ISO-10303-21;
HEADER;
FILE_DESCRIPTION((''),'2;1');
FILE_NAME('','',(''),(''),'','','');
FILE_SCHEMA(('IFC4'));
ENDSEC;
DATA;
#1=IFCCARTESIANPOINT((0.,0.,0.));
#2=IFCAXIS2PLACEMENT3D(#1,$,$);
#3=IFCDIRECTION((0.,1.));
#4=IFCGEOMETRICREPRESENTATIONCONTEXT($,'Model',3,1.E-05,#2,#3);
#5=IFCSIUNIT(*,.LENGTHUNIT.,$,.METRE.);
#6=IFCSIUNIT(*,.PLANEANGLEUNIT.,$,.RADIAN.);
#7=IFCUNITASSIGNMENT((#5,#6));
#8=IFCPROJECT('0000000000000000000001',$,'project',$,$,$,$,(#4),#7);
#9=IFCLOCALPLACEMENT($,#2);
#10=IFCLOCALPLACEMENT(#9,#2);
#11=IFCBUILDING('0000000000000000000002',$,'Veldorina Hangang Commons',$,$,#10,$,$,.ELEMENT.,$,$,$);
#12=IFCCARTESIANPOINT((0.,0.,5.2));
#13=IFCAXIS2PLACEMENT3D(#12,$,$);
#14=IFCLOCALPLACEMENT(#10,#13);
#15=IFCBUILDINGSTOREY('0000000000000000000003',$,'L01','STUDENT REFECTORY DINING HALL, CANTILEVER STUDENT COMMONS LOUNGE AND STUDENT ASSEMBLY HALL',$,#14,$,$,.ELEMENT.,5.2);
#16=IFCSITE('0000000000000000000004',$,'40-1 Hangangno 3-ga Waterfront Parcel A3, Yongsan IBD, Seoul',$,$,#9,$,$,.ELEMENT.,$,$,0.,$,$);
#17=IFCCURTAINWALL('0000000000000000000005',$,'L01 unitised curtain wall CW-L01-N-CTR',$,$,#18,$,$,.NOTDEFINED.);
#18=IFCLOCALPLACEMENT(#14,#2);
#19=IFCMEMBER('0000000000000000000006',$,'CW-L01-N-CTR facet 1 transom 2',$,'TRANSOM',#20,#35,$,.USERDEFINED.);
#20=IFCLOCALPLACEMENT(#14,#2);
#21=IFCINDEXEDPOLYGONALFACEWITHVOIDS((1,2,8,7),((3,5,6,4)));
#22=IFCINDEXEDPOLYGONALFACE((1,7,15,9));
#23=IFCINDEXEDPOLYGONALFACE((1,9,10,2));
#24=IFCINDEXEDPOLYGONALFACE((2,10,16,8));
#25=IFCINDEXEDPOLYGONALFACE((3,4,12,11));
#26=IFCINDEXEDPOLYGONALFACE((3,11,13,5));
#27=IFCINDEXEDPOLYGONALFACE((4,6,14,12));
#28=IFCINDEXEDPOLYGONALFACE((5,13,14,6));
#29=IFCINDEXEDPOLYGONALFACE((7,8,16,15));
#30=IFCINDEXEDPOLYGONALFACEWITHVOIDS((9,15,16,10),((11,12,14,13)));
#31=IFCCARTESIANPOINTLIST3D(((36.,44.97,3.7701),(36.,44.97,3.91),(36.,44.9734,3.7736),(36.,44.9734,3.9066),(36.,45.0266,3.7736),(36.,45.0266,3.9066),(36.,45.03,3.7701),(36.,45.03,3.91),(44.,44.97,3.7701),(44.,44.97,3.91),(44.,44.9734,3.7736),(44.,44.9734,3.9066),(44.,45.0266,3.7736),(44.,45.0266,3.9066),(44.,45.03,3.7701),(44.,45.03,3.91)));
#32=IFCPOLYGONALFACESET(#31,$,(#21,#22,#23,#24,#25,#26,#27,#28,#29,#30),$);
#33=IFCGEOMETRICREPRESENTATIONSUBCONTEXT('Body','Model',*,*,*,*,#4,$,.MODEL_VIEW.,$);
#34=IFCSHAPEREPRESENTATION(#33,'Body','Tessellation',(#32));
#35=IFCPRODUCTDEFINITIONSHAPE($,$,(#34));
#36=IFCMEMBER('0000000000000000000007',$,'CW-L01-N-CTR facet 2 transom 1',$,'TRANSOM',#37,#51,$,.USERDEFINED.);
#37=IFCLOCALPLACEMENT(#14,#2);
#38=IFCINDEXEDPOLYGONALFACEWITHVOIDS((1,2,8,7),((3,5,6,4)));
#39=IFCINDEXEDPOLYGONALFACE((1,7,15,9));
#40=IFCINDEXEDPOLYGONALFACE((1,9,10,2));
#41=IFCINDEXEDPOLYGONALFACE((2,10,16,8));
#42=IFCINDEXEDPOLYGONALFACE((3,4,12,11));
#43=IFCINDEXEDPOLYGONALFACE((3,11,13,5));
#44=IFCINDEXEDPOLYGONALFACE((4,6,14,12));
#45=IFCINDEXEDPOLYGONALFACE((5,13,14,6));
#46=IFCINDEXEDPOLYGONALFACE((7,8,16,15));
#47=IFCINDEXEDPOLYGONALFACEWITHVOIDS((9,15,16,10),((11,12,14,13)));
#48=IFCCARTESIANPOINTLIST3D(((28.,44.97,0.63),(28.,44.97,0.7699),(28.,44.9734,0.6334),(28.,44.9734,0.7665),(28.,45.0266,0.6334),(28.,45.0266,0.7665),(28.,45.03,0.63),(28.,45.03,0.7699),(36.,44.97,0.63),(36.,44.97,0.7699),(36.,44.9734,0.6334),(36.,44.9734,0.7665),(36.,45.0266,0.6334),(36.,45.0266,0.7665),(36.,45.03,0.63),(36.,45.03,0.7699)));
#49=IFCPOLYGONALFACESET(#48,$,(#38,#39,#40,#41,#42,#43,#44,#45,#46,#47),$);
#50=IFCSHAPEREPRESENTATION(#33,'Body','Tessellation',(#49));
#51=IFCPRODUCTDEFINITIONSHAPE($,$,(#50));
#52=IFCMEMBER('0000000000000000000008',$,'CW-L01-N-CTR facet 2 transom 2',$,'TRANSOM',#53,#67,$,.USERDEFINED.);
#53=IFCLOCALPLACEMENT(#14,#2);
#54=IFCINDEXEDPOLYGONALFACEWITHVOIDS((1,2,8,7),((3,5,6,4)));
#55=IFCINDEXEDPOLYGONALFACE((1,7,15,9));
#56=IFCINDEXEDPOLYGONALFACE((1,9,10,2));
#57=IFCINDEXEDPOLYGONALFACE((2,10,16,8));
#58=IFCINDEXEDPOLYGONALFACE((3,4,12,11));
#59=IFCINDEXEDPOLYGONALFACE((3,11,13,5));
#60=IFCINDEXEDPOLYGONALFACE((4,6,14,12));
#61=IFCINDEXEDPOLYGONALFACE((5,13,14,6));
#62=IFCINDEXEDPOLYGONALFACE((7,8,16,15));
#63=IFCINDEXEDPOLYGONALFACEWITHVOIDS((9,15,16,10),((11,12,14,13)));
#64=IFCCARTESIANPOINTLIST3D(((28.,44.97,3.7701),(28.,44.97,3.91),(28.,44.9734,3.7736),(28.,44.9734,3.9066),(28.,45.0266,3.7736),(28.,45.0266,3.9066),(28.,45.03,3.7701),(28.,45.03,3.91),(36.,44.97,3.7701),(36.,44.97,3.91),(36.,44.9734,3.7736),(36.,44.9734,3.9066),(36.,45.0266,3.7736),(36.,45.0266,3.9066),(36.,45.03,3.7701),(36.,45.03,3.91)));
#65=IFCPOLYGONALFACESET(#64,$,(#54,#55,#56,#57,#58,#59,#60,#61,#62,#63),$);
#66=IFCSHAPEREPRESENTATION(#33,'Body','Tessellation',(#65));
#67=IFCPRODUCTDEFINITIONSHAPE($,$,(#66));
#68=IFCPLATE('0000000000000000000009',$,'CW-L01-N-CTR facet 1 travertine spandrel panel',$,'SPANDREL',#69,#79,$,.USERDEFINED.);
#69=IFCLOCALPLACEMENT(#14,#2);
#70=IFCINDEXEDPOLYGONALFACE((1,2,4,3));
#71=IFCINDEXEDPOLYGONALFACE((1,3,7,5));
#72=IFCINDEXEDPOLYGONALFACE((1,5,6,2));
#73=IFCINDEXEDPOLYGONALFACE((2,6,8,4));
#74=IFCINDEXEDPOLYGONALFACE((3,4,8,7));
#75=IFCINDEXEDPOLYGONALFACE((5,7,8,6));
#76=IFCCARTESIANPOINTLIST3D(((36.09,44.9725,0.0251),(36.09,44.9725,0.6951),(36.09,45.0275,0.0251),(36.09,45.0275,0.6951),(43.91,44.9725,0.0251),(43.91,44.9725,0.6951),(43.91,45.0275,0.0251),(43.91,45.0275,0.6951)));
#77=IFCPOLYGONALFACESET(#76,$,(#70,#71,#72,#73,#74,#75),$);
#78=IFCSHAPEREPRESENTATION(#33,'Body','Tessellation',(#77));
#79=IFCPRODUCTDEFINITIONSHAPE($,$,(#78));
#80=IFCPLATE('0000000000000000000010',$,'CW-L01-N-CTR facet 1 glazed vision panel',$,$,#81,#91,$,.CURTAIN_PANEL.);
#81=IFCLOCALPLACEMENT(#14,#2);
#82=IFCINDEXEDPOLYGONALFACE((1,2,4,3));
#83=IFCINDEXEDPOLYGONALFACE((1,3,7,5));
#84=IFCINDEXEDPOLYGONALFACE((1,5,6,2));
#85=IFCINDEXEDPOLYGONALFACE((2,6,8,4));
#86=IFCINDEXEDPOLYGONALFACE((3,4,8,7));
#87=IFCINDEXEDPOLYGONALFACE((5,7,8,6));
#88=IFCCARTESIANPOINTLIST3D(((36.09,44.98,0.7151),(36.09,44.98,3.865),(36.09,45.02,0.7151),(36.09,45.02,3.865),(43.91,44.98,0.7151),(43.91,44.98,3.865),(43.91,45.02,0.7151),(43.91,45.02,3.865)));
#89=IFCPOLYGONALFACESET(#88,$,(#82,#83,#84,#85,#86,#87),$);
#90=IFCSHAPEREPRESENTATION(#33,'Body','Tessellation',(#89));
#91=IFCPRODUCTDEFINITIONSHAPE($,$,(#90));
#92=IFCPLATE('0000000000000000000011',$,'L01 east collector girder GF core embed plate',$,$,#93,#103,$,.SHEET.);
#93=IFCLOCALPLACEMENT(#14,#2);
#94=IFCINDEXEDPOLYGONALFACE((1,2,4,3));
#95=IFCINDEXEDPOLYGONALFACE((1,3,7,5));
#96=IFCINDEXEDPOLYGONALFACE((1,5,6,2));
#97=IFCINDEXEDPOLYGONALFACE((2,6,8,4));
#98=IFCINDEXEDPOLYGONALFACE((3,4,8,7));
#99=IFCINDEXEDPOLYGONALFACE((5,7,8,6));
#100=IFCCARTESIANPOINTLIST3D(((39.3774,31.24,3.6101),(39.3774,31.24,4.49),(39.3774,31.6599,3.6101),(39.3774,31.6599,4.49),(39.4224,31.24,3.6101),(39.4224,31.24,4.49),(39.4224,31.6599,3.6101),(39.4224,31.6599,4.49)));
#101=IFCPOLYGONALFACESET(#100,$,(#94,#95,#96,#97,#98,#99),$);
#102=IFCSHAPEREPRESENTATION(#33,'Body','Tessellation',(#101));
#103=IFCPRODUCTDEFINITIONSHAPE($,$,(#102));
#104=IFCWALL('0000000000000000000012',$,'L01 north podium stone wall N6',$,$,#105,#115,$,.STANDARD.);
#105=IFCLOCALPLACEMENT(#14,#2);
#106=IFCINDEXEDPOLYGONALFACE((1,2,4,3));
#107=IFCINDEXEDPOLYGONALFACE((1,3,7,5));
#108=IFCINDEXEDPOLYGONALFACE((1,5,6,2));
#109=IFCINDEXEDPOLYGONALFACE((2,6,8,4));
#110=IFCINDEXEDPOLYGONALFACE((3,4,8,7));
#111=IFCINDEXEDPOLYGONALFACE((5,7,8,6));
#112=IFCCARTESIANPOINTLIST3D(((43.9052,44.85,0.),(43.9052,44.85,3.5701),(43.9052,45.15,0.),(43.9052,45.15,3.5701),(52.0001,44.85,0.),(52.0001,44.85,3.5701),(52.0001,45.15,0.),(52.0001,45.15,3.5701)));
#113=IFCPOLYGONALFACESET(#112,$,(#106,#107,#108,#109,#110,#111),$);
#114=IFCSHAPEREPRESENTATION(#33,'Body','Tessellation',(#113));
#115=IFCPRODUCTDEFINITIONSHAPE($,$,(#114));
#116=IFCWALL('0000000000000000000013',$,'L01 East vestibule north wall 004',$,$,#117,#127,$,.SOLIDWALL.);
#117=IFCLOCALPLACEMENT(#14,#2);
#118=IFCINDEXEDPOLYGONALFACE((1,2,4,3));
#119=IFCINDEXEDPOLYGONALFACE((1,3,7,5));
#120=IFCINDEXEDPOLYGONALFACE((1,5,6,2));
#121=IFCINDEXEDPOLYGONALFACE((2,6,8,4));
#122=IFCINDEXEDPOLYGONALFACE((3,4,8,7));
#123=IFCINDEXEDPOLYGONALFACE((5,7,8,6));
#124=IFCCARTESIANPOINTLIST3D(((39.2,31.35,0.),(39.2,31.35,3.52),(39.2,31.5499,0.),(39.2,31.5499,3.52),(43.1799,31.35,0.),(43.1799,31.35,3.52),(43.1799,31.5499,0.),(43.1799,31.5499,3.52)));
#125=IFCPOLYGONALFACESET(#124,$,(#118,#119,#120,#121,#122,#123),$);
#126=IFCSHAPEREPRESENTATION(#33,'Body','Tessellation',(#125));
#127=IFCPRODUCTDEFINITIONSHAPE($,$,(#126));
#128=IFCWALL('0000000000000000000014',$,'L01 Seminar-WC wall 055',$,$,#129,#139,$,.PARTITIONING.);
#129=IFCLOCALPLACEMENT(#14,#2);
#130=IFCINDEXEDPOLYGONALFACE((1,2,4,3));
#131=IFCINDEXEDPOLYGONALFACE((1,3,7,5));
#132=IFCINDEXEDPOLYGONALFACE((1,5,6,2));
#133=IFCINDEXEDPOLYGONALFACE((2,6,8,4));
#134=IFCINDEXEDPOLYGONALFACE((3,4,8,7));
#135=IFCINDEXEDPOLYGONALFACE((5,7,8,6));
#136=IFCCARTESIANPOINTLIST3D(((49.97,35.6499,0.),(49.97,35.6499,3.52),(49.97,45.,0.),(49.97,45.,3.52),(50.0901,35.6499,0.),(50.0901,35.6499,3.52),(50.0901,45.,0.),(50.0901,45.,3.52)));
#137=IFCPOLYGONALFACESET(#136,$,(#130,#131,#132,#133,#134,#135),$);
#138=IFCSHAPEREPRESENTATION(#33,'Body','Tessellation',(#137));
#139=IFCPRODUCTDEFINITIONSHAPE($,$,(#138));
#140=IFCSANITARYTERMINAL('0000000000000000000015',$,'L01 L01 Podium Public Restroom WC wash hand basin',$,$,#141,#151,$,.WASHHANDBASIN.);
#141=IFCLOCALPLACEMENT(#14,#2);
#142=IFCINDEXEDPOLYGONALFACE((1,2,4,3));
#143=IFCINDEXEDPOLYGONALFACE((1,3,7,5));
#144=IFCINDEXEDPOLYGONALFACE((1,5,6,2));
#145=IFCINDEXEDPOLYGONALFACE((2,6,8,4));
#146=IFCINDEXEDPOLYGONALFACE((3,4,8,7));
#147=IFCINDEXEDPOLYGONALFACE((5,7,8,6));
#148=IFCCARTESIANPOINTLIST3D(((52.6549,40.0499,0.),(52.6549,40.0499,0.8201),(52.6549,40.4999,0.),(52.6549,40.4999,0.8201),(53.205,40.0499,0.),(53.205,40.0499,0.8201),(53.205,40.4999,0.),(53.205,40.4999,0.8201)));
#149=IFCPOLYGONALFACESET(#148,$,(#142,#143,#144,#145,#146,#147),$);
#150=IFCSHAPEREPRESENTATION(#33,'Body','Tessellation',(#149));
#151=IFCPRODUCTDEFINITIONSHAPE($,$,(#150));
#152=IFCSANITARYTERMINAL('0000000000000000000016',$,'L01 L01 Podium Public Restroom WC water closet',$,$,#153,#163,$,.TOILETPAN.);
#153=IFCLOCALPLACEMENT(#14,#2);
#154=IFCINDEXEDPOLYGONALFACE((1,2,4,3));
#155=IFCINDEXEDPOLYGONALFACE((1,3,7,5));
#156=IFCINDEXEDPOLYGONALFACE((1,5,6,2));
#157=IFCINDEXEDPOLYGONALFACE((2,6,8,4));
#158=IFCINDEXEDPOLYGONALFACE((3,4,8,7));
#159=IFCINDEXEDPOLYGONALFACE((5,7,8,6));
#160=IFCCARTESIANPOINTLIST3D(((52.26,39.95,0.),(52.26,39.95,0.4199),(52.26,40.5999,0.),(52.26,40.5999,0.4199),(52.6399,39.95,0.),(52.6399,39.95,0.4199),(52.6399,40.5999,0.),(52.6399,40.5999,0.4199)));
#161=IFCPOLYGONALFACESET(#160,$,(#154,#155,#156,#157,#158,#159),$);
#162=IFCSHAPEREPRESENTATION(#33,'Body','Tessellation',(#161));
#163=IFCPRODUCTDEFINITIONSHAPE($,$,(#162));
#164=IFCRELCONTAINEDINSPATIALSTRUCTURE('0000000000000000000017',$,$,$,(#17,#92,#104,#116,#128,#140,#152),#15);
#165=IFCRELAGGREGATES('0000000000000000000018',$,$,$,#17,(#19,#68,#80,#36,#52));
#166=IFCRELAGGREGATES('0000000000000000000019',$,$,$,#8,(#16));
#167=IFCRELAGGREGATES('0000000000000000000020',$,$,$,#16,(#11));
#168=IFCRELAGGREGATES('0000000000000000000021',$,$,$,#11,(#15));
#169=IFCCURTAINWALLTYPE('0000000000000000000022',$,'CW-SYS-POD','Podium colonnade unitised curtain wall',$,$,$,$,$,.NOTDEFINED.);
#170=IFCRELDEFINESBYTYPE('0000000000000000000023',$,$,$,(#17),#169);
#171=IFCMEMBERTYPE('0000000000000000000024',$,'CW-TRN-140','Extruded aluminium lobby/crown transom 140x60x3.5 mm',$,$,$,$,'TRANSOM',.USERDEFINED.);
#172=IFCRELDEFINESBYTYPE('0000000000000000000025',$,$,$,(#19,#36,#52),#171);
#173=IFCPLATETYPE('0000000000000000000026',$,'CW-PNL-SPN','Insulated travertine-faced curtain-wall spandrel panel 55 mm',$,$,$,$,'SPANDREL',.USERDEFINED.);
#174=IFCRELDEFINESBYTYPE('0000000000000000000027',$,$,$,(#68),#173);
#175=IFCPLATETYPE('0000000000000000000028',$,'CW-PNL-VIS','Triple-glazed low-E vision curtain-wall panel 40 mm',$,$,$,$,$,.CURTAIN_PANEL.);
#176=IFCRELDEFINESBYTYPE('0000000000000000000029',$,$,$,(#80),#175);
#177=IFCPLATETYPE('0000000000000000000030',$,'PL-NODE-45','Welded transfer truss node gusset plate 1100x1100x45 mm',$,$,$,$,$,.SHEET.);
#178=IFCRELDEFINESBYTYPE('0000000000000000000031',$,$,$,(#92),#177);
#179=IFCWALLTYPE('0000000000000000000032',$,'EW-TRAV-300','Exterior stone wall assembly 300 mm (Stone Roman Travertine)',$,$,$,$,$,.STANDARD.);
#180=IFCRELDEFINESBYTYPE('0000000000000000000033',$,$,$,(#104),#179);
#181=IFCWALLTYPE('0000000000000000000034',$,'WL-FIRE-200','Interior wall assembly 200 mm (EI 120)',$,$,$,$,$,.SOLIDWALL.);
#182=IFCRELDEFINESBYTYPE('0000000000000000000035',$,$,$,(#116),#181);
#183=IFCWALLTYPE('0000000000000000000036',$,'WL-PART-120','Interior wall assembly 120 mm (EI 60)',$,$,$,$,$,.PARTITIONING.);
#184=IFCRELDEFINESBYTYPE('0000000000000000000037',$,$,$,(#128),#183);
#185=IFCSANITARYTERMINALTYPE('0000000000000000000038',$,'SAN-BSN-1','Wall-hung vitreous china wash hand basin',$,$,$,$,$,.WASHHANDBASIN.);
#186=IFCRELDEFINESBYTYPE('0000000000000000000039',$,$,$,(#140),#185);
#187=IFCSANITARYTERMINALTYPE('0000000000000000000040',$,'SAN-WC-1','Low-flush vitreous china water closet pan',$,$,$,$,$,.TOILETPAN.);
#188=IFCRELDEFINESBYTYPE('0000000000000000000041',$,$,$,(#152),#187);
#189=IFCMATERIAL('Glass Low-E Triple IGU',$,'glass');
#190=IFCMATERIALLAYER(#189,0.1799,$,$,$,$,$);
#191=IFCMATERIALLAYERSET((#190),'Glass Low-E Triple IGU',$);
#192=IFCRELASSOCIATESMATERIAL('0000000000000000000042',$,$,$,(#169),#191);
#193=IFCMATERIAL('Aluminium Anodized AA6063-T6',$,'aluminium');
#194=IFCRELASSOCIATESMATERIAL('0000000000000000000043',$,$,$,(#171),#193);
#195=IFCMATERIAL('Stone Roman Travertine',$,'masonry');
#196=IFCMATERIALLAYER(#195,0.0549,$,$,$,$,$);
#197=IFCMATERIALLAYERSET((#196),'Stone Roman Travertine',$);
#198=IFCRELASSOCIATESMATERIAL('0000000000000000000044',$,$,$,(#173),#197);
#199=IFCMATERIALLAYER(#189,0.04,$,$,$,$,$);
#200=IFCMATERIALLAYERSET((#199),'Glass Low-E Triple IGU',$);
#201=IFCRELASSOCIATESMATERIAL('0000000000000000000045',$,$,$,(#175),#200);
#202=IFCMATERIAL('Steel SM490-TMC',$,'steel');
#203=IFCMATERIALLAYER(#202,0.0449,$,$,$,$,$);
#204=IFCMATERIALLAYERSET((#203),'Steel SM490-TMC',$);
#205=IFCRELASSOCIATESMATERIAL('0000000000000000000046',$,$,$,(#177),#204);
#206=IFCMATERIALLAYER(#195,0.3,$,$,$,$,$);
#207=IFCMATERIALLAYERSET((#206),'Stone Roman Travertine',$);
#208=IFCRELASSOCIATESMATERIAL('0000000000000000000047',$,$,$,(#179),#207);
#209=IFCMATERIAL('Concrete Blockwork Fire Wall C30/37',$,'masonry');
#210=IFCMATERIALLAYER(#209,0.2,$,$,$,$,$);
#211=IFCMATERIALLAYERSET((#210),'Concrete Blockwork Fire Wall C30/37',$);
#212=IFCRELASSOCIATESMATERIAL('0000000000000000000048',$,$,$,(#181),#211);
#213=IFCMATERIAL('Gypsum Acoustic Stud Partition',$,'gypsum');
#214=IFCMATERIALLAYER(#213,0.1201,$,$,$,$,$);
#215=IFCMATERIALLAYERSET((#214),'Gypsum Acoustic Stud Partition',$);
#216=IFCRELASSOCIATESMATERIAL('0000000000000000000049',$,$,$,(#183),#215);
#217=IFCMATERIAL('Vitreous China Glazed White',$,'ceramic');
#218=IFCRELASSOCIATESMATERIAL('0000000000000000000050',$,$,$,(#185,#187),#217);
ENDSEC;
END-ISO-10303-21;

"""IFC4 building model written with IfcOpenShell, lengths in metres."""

from ifc_helpers import new_model, si_unit, direction, frame, frame_2d, origin, origin_2d, place, context, subcontext, project, spatial, rectangle, hollow_rectangle, extrude, material, layer, layer_set, material_profile, profile_set, type_object, element, aggregate, save


model = new_model("IFC4")

# Units and contexts
model_context = context("Model", 3, precision=1e-05, world=origin(), true_north=direction((0.0, 1.0)))
body_context = subcontext(model_context, "Body", "Model", "MODEL_VIEW")
ifc_project = project(units=[si_unit("LENGTHUNIT", "METRE"), si_unit("PLANEANGLEUNIT", "RADIAN")], contexts=[model_context])

# Site, building, storey
site_placement = place(None, origin())
site = spatial("IfcSite", under=ifc_project, at=site_placement, Name="40-1 Hangangno 3-ga Waterfront Parcel A3, Yongsan IBD, Seoul", CompositionType="ELEMENT", RefElevation=0.0)
building_placement = place(site_placement, origin())
building = spatial("IfcBuilding", under=site, at=building_placement, Name="Veldorina Hangang Commons", CompositionType="ELEMENT")
storey_placement = place(building_placement, frame((0.0, 0.0, 5.2)))
storey = spatial("IfcBuildingStorey", under=building, at=storey_placement, Name="L01", Description="STUDENT REFECTORY DINING HALL, CANTILEVER STUDENT COMMONS LOUNGE AND STUDENT ASSEMBLY HALL", CompositionType="ELEMENT", Elevation=5.2)

# Curtain wall, members, plates
ifc_material_1 = material(Name="Glass Low-E Triple IGU", Category="glass")
ifc_layer_1 = layer(ifc_material_1, 0.1799)
ifc_layer_set_1 = layer_set([ifc_layer_1], Name="Glass Low-E Triple IGU")
curtain_wall_type = type_object("IfcCurtainWallType", Name="CW-SYS-POD", Description="Podium colonnade unitised curtain wall", PredefinedType="NOTDEFINED", material=ifc_layer_set_1)
curtain_wall_placement = place(storey_placement, origin())
curtain_wall = element("IfcCurtainWall", 1, at=curtain_wall_placement, inside=storey, type_object=curtain_wall_type, Name="L01 unitised curtain wall CW-L01-N-CTR", PredefinedType="NOTDEFINED")
ifc_material_2 = material(Name="Aluminium Anodized AA6063-T6", Category="aluminium")
ifc_material_profile_1 = material_profile(ifc_material_2, hollow_rectangle(XDim=0.0601, YDim=0.1399, WallThickness=0.0034, at=origin_2d()), Name="ALU-RHS-140x60x3.5")
ifc_profile_set_1 = profile_set([ifc_material_profile_1], Name="Aluminium Anodized AA6063-T6")
member_type_1 = type_object("IfcMemberType", Name="CW-TRN-140", Description="Extruded aluminium lobby/crown transom 140x60x3.5 mm", ElementType="TRANSOM", PredefinedType="USERDEFINED", material=ifc_profile_set_1)
member_1_placement = place(storey_placement, frame((44.0, 45.0, 3.8401), z_axis=(-1.0, 0.0, 0.0), x_axis=(0.0, -1.0, 0.0)))
member_1 = element("IfcMember", 2, at=member_1_placement, type_object=member_type_1, Name="CW-L01-N-CTR facet 1 transom 2", ObjectType="TRANSOM", PredefinedType="USERDEFINED", context=body_context, shape_type="SweptSolid", body=[
    extrude(hollow_rectangle(XDim=0.0601, YDim=0.1399, WallThickness=0.0034, at=origin_2d()), origin(), (0.0, 0.0, 1.0), 8.0),
])
member_2_placement = place(storey_placement, frame((36.0, 45.0, 0.7), z_axis=(-1.0, 0.0, 0.0), x_axis=(0.0, -1.0, 0.0)))
member_2 = element("IfcMember", 3, at=member_2_placement, type_object=member_type_1, Name="CW-L01-N-CTR facet 2 transom 1", ObjectType="TRANSOM", PredefinedType="USERDEFINED", context=body_context, shape_type="SweptSolid", body=[
    extrude(hollow_rectangle(XDim=0.0601, YDim=0.1399, WallThickness=0.0034, at=origin_2d()), origin(), (0.0, 0.0, 1.0), 8.0),
])
member_3_placement = place(storey_placement, frame((36.0, 45.0, 3.8401), z_axis=(-1.0, 0.0, 0.0), x_axis=(0.0, -1.0, 0.0)))
member_3 = element("IfcMember", 4, at=member_3_placement, type_object=member_type_1, Name="CW-L01-N-CTR facet 2 transom 2", ObjectType="TRANSOM", PredefinedType="USERDEFINED", context=body_context, shape_type="SweptSolid", body=[
    extrude(hollow_rectangle(XDim=0.0601, YDim=0.1399, WallThickness=0.0034, at=origin_2d()), origin(), (0.0, 0.0, 1.0), 8.0),
])
ifc_material_3 = material(Name="Stone Roman Travertine", Category="masonry")
ifc_layer_2 = layer(ifc_material_3, 0.0549)
ifc_layer_set_2 = layer_set([ifc_layer_2], Name="Stone Roman Travertine")
plate_type_1 = type_object("IfcPlateType", Name="CW-PNL-SPN", Description="Insulated travertine-faced curtain-wall spandrel panel 55 mm", ElementType="SPANDREL", PredefinedType="USERDEFINED", material=ifc_layer_set_2)
plate_1_placement = place(storey_placement, frame((40.0, 45.0, 0.0251), z_axis=(0.0, 0.0, 1.0), x_axis=(-1.0, 0.0, 0.0)))
plate_1 = element("IfcPlate", 5, at=plate_1_placement, type_object=plate_type_1, Name="CW-L01-N-CTR facet 1 travertine spandrel panel", ObjectType="SPANDREL", PredefinedType="USERDEFINED", context=body_context, shape_type="SweptSolid", body=[
    extrude(rectangle(XDim=7.8201, YDim=0.0549, at=origin_2d()), origin(), (0.0, 0.0, 1.0), 0.6699),
])
ifc_layer_3 = layer(ifc_material_1, 0.04)
ifc_layer_set_3 = layer_set([ifc_layer_3], Name="Glass Low-E Triple IGU")
plate_type_2 = type_object("IfcPlateType", Name="CW-PNL-VIS", Description="Triple-glazed low-E vision curtain-wall panel 40 mm", PredefinedType="CURTAIN_PANEL", material=ifc_layer_set_3)
plate_2_placement = place(storey_placement, frame((40.0, 45.0, 0.7151), z_axis=(0.0, 0.0, 1.0), x_axis=(-1.0, 0.0, 0.0)))
plate_2 = element("IfcPlate", 6, at=plate_2_placement, type_object=plate_type_2, Name="CW-L01-N-CTR facet 1 glazed vision panel", PredefinedType="CURTAIN_PANEL", context=body_context, shape_type="SweptSolid", body=[
    extrude(rectangle(XDim=7.8201, YDim=0.04, at=origin_2d()), origin(), (0.0, 0.0, 1.0), 3.1499),
])
aggregate(curtain_wall, [member_1, plate_1, plate_2, member_2, member_3])

# Plate
ifc_material_4 = material(Name="Steel SM490-TMC", Category="steel")
ifc_layer_4 = layer(ifc_material_4, 0.0449)
ifc_layer_set_4 = layer_set([ifc_layer_4], Name="Steel SM490-TMC")
plate_type_3 = type_object("IfcPlateType", Name="PL-NODE-45", Description="Welded transfer truss node gusset plate 1100x1100x45 mm", PredefinedType="SHEET", material=ifc_layer_set_4)
plate_3_placement = place(storey_placement, frame((39.3999, 31.45, 3.6101), z_axis=(0.0, 0.0, 1.0), x_axis=(1.0, 0.0, 0.0)))
element("IfcPlate", 7, at=plate_3_placement, inside=storey, type_object=plate_type_3, Name="L01 east collector girder GF core embed plate", PredefinedType="SHEET", context=body_context, shape_type="SweptSolid", body=[
    extrude(rectangle(XDim=0.0449, YDim=0.4199, at=origin_2d()), origin(), (0.0, 0.0, 1.0), 0.8799),
])

# Walls
ifc_layer_5 = layer(ifc_material_3, 0.3)
ifc_layer_set_5 = layer_set([ifc_layer_5], Name="Stone Roman Travertine")
wall_type_1 = type_object("IfcWallType", Name="EW-TRAV-300", Description="Exterior stone wall assembly 300 mm (Stone Roman Travertine)", PredefinedType="STANDARD", material=ifc_layer_set_5)
wall_1_placement = place(storey_placement, frame((52.0, 45.0, 0.0), z_axis=(0.0, 0.0, 1.0), x_axis=(-1.0, 0.0, 0.0)))
element("IfcWall", 8, at=wall_1_placement, inside=storey, type_object=wall_type_1, Name="L01 north podium stone wall N6", PredefinedType="STANDARD", context=body_context, shape_type="SweptSolid", body=[
    extrude(rectangle(XDim=8.095, YDim=0.3, at=frame_2d((4.0474, 0.0))), origin(), (0.0, 0.0, 1.0), 3.5701),
])
ifc_material_5 = material(Name="Concrete Blockwork Fire Wall C30/37", Category="masonry")
ifc_layer_6 = layer(ifc_material_5, 0.2)
ifc_layer_set_6 = layer_set([ifc_layer_6], Name="Concrete Blockwork Fire Wall C30/37")
wall_type_2 = type_object("IfcWallType", Name="WL-FIRE-200", Description="Interior wall assembly 200 mm (EI 120)", PredefinedType="SOLIDWALL", material=ifc_layer_set_6)
wall_2_placement = place(storey_placement, frame((39.2, 31.45, 0.0), z_axis=(0.0, 0.0, 1.0), x_axis=(1.0, 0.0, 0.0)))
element("IfcWall", 9, at=wall_2_placement, inside=storey, type_object=wall_type_2, Name="L01 East vestibule north wall 004", PredefinedType="SOLIDWALL", context=body_context, shape_type="SweptSolid", body=[
    extrude(rectangle(XDim=3.98, YDim=0.2, at=frame_2d((1.99, 0.0))), origin(), (0.0, 0.0, 1.0), 3.52),
])
ifc_material_6 = material(Name="Gypsum Acoustic Stud Partition", Category="gypsum")
ifc_layer_7 = layer(ifc_material_6, 0.1201)
ifc_layer_set_7 = layer_set([ifc_layer_7], Name="Gypsum Acoustic Stud Partition")
wall_type_3 = type_object("IfcWallType", Name="WL-PART-120", Description="Interior wall assembly 120 mm (EI 60)", PredefinedType="PARTITIONING", material=ifc_layer_set_7)
wall_3_placement = place(storey_placement, frame((50.03, 35.6499, 0.0), z_axis=(0.0, 0.0, 1.0), x_axis=(0.0, 1.0, 0.0)))
element("IfcWall", 10, at=wall_3_placement, inside=storey, type_object=wall_type_3, Name="L01 Seminar-WC wall 055", PredefinedType="PARTITIONING", context=body_context, shape_type="SweptSolid", body=[
    extrude(rectangle(XDim=9.3501, YDim=0.1201, at=frame_2d((4.675, 0.0))), origin(), (0.0, 0.0, 1.0), 3.52),
])

# Sanitary terminals
ifc_material_7 = material(Name="Vitreous China Glazed White", Category="ceramic")
sanitary_terminal_type_1 = type_object("IfcSanitaryTerminalType", Name="SAN-BSN-1", Description="Wall-hung vitreous china wash hand basin", PredefinedType="WASHHANDBASIN", material=ifc_material_7)
sanitary_terminal_1_placement = place(storey_placement, frame((52.9299, 40.2749, 0.0), z_axis=(0.0, 0.0, 1.0), x_axis=(1.0, 0.0, 0.0)))
element("IfcSanitaryTerminal", 11, at=sanitary_terminal_1_placement, inside=storey, type_object=sanitary_terminal_type_1, Name="L01 L01 Podium Public Restroom WC wash hand basin", PredefinedType="WASHHANDBASIN", context=body_context, shape_type="SweptSolid", body=[
    extrude(rectangle(XDim=0.55, YDim=0.45, at=origin_2d()), origin(), (0.0, 0.0, 1.0), 0.8201),
])
sanitary_terminal_type_2 = type_object("IfcSanitaryTerminalType", Name="SAN-WC-1", Description="Low-flush vitreous china water closet pan", PredefinedType="TOILETPAN", material=ifc_material_7)
sanitary_terminal_2_placement = place(storey_placement, frame((52.45, 40.2749, 0.0), z_axis=(0.0, 0.0, 1.0), x_axis=(1.0, 0.0, 0.0)))
element("IfcSanitaryTerminal", 12, at=sanitary_terminal_2_placement, inside=storey, type_object=sanitary_terminal_type_2, Name="L01 L01 Podium Public Restroom WC water closet", PredefinedType="TOILETPAN", context=body_context, shape_type="SweptSolid", body=[
    extrude(rectangle(XDim=0.3799, YDim=0.6499, at=origin_2d()), origin(), (0.0, 0.0, 1.0), 0.4199),
])

save(model, "model.ifc")
